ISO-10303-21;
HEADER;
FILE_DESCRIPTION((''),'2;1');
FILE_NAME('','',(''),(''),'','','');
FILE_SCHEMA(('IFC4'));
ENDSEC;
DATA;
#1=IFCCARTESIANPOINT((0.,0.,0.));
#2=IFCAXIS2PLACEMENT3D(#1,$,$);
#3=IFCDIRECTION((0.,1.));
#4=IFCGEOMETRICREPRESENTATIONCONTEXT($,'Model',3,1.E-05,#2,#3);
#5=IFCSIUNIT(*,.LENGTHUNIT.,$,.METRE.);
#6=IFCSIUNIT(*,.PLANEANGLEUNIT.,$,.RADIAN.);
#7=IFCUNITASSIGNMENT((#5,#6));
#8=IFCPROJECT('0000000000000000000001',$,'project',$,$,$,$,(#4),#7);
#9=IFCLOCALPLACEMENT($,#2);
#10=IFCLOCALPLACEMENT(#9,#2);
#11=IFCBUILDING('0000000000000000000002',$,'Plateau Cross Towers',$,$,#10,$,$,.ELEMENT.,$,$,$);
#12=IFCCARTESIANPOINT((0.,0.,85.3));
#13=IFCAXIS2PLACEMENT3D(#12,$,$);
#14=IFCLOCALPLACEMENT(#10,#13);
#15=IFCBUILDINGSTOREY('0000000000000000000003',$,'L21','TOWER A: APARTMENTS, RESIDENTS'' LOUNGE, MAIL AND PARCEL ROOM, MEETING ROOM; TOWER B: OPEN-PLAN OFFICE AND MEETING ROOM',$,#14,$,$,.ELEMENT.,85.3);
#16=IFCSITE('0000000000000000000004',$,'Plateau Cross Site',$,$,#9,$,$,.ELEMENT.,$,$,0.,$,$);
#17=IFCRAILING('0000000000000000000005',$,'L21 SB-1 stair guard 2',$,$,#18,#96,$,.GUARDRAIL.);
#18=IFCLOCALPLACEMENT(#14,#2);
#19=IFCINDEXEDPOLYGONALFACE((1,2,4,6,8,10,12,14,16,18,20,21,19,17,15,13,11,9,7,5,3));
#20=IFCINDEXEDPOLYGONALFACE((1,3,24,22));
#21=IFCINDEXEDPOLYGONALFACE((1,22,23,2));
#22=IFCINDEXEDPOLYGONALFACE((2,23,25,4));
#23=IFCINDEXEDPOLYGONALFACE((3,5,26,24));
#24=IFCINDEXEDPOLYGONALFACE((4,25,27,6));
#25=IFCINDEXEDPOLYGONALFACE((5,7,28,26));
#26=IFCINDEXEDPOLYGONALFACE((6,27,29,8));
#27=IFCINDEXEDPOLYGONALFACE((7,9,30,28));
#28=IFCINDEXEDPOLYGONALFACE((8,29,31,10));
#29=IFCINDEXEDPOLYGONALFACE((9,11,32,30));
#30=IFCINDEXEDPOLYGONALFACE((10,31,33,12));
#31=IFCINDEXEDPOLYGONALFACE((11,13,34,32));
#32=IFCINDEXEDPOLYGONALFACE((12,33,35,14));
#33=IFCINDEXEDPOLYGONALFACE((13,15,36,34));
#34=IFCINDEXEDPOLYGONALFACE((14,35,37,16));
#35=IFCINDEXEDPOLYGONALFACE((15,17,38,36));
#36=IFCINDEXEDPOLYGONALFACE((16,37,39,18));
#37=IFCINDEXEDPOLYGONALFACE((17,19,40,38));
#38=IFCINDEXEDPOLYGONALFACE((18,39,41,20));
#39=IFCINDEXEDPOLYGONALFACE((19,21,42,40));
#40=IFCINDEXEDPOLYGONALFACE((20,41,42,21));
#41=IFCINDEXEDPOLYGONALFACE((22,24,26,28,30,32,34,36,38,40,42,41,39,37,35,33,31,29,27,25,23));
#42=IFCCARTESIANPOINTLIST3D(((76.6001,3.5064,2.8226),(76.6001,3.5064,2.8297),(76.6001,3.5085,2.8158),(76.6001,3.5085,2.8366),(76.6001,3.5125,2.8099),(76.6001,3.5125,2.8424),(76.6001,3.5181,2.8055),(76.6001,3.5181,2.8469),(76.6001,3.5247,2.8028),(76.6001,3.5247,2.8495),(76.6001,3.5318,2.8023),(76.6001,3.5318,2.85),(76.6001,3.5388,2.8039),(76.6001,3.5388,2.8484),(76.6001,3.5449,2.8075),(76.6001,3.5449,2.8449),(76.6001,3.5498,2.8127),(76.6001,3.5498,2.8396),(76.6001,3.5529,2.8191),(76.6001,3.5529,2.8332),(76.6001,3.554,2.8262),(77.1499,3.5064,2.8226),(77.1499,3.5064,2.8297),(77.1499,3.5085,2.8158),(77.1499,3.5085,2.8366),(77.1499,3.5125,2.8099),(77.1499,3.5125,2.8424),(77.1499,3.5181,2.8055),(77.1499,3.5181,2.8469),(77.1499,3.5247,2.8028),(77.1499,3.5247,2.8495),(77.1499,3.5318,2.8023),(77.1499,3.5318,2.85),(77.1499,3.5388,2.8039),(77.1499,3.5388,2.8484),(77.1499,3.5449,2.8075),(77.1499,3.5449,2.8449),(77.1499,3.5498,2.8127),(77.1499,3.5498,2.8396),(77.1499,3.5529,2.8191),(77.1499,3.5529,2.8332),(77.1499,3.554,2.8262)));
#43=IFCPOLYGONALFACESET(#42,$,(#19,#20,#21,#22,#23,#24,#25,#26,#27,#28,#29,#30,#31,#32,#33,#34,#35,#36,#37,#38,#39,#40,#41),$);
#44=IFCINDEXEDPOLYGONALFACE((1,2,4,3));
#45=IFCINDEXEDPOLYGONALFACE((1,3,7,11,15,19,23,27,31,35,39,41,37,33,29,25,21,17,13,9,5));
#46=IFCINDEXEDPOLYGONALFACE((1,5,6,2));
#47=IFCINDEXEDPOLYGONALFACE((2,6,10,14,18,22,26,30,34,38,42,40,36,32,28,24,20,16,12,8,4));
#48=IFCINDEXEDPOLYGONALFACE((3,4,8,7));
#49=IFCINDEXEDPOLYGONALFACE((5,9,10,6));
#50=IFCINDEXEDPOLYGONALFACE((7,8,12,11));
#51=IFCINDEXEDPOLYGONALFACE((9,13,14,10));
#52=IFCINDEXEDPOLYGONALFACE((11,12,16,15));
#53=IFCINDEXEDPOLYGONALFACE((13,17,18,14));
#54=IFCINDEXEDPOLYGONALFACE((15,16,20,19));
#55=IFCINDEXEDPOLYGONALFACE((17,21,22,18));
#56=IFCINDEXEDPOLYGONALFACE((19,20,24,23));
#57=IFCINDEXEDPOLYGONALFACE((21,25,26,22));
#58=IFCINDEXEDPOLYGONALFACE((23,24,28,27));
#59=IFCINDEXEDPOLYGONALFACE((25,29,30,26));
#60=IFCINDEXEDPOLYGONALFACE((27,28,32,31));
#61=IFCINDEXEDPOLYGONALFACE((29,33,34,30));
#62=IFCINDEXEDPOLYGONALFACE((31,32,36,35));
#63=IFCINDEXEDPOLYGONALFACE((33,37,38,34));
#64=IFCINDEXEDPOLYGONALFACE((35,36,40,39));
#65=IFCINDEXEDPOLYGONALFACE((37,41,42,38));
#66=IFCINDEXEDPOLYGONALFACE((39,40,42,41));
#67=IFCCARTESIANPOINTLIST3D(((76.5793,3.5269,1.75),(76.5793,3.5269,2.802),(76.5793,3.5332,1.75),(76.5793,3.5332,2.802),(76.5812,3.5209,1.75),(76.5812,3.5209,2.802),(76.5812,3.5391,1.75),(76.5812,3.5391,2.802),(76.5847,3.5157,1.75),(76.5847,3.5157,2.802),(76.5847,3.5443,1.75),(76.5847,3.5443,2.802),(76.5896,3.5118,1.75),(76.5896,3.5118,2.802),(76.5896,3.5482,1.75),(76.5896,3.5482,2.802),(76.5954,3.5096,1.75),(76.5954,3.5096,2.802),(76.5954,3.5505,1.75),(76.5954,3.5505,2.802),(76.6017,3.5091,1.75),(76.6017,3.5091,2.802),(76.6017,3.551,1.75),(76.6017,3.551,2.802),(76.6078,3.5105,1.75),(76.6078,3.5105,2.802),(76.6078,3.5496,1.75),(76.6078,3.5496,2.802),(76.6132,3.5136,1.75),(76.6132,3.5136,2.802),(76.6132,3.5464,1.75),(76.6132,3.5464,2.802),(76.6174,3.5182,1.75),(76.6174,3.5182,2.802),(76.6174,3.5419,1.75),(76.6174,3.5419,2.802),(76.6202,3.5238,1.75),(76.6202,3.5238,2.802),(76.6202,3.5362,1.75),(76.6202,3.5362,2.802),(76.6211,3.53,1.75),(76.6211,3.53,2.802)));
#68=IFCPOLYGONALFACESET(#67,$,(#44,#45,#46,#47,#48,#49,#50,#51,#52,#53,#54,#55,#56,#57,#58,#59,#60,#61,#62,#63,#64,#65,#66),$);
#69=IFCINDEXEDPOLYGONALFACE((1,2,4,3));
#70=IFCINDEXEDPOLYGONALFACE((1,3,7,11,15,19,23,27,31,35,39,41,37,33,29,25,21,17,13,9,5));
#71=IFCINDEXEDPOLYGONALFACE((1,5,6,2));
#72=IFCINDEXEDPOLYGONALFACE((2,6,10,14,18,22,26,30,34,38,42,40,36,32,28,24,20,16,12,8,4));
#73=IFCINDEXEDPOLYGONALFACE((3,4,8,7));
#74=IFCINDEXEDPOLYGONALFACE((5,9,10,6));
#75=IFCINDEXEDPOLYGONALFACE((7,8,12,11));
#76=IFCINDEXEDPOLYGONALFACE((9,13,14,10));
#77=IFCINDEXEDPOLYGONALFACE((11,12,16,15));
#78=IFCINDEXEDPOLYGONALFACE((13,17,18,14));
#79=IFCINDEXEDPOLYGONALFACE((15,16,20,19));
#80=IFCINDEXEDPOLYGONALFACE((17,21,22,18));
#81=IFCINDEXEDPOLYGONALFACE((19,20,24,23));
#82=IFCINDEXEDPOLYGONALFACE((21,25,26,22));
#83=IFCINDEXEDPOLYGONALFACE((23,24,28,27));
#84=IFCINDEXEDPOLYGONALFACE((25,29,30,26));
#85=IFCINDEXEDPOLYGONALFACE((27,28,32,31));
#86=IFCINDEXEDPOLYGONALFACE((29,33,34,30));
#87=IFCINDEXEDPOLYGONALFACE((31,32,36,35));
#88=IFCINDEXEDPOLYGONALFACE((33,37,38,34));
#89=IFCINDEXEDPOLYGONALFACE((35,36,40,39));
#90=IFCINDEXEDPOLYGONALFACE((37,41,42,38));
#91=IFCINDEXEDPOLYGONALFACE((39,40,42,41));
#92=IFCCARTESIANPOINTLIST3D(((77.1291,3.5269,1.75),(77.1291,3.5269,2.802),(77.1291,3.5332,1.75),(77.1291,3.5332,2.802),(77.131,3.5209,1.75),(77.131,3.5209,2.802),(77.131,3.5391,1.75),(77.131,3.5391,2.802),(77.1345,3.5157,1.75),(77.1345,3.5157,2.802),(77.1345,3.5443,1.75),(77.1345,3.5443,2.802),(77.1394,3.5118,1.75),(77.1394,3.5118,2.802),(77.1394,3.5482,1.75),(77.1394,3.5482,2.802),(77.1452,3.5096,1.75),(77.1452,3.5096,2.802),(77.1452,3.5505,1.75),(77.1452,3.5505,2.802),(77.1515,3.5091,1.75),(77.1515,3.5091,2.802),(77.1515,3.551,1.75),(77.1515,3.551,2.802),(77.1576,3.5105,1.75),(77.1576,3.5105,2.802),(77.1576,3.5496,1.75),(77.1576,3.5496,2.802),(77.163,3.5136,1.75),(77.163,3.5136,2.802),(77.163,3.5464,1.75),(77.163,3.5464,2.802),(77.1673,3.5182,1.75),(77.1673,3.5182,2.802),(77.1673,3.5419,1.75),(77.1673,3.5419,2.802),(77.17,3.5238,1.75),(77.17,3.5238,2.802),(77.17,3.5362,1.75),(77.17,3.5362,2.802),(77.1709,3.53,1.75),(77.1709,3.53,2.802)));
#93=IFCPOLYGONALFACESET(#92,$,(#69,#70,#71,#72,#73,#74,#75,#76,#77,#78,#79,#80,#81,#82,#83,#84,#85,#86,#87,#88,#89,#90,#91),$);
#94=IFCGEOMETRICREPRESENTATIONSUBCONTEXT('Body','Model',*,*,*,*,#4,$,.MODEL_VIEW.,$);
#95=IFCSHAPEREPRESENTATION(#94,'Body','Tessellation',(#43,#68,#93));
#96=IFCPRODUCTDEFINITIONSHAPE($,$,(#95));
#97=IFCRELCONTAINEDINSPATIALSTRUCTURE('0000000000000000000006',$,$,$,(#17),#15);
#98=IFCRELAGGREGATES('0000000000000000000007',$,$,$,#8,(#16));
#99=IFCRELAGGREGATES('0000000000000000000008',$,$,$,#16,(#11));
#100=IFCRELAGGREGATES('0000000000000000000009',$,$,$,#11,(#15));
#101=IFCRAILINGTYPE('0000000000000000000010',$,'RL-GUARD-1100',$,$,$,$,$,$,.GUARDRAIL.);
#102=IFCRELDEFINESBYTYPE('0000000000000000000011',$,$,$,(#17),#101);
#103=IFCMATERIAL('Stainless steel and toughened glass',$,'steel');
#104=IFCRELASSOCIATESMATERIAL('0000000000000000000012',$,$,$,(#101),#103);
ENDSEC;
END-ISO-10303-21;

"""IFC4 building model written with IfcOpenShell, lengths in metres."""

from ifc_helpers import new_model, si_unit, direction, frame, origin, origin_2d, place, context, subcontext, project, spatial, circle, extrude, material, type_object, element, save


model = new_model("IFC4")

# Units and contexts
model_context = context("Model", 3, precision=1e-05, world=origin(), true_north=direction((0.0, 1.0)))
body_context = subcontext(model_context, "Body", "Model", "MODEL_VIEW")
ifc_project = project(units=[si_unit("LENGTHUNIT", "METRE"), si_unit("PLANEANGLEUNIT", "RADIAN")], contexts=[model_context])

# Site, building, storey
site_placement = place(None, origin())
site = spatial("IfcSite", under=ifc_project, at=site_placement, Name="Plateau Cross Site", CompositionType="ELEMENT", RefElevation=0.0)
building_placement = place(site_placement, origin())
building = spatial("IfcBuilding", under=site, at=building_placement, Name="Plateau Cross Towers", CompositionType="ELEMENT")
storey_placement = place(building_placement, frame((0.0, 0.0, 85.3)))
storey = spatial("IfcBuildingStorey", under=building, at=storey_placement, Name="L21", Description="TOWER A: APARTMENTS, RESIDENTS' LOUNGE, MAIL AND PARCEL ROOM, MEETING ROOM; TOWER B: OPEN-PLAN OFFICE AND MEETING ROOM", CompositionType="ELEMENT", Elevation=85.3)

# Railing
ifc_material_1 = material(Name="Stainless steel and toughened glass", Category="steel")
railing_type_1 = type_object("IfcRailingType", Name="RL-GUARD-1100", PredefinedType="GUARDRAIL", material=ifc_material_1)
railing_1_placement = place(storey_placement, frame((76.6001, 3.53, 1.75)))
element("IfcRailing", 1, at=railing_1_placement, inside=storey, type_object=railing_type_1, Name="L21 SB-1 stair guard 2", PredefinedType="GUARDRAIL", context=body_context, shape_type="SweptSolid", body=[
    extrude(circle(Radius=0.0239, at=origin_2d()), frame((0.0, 0.0, 1.0762), z_axis=(1.0, 0.0, 0.0), x_axis=(0.0, 1.0, 0.0)), (0.0, 0.0, 1.0), 0.5498),
    extrude(circle(Radius=0.021, at=origin_2d()), origin(), (0.0, 0.0, 1.0), 1.052),
    extrude(circle(Radius=0.021, at=origin_2d()), frame((0.5498, 0.0, 0.0)), (0.0, 0.0, 1.0), 1.052),
])

save(model, "model.ifc")
